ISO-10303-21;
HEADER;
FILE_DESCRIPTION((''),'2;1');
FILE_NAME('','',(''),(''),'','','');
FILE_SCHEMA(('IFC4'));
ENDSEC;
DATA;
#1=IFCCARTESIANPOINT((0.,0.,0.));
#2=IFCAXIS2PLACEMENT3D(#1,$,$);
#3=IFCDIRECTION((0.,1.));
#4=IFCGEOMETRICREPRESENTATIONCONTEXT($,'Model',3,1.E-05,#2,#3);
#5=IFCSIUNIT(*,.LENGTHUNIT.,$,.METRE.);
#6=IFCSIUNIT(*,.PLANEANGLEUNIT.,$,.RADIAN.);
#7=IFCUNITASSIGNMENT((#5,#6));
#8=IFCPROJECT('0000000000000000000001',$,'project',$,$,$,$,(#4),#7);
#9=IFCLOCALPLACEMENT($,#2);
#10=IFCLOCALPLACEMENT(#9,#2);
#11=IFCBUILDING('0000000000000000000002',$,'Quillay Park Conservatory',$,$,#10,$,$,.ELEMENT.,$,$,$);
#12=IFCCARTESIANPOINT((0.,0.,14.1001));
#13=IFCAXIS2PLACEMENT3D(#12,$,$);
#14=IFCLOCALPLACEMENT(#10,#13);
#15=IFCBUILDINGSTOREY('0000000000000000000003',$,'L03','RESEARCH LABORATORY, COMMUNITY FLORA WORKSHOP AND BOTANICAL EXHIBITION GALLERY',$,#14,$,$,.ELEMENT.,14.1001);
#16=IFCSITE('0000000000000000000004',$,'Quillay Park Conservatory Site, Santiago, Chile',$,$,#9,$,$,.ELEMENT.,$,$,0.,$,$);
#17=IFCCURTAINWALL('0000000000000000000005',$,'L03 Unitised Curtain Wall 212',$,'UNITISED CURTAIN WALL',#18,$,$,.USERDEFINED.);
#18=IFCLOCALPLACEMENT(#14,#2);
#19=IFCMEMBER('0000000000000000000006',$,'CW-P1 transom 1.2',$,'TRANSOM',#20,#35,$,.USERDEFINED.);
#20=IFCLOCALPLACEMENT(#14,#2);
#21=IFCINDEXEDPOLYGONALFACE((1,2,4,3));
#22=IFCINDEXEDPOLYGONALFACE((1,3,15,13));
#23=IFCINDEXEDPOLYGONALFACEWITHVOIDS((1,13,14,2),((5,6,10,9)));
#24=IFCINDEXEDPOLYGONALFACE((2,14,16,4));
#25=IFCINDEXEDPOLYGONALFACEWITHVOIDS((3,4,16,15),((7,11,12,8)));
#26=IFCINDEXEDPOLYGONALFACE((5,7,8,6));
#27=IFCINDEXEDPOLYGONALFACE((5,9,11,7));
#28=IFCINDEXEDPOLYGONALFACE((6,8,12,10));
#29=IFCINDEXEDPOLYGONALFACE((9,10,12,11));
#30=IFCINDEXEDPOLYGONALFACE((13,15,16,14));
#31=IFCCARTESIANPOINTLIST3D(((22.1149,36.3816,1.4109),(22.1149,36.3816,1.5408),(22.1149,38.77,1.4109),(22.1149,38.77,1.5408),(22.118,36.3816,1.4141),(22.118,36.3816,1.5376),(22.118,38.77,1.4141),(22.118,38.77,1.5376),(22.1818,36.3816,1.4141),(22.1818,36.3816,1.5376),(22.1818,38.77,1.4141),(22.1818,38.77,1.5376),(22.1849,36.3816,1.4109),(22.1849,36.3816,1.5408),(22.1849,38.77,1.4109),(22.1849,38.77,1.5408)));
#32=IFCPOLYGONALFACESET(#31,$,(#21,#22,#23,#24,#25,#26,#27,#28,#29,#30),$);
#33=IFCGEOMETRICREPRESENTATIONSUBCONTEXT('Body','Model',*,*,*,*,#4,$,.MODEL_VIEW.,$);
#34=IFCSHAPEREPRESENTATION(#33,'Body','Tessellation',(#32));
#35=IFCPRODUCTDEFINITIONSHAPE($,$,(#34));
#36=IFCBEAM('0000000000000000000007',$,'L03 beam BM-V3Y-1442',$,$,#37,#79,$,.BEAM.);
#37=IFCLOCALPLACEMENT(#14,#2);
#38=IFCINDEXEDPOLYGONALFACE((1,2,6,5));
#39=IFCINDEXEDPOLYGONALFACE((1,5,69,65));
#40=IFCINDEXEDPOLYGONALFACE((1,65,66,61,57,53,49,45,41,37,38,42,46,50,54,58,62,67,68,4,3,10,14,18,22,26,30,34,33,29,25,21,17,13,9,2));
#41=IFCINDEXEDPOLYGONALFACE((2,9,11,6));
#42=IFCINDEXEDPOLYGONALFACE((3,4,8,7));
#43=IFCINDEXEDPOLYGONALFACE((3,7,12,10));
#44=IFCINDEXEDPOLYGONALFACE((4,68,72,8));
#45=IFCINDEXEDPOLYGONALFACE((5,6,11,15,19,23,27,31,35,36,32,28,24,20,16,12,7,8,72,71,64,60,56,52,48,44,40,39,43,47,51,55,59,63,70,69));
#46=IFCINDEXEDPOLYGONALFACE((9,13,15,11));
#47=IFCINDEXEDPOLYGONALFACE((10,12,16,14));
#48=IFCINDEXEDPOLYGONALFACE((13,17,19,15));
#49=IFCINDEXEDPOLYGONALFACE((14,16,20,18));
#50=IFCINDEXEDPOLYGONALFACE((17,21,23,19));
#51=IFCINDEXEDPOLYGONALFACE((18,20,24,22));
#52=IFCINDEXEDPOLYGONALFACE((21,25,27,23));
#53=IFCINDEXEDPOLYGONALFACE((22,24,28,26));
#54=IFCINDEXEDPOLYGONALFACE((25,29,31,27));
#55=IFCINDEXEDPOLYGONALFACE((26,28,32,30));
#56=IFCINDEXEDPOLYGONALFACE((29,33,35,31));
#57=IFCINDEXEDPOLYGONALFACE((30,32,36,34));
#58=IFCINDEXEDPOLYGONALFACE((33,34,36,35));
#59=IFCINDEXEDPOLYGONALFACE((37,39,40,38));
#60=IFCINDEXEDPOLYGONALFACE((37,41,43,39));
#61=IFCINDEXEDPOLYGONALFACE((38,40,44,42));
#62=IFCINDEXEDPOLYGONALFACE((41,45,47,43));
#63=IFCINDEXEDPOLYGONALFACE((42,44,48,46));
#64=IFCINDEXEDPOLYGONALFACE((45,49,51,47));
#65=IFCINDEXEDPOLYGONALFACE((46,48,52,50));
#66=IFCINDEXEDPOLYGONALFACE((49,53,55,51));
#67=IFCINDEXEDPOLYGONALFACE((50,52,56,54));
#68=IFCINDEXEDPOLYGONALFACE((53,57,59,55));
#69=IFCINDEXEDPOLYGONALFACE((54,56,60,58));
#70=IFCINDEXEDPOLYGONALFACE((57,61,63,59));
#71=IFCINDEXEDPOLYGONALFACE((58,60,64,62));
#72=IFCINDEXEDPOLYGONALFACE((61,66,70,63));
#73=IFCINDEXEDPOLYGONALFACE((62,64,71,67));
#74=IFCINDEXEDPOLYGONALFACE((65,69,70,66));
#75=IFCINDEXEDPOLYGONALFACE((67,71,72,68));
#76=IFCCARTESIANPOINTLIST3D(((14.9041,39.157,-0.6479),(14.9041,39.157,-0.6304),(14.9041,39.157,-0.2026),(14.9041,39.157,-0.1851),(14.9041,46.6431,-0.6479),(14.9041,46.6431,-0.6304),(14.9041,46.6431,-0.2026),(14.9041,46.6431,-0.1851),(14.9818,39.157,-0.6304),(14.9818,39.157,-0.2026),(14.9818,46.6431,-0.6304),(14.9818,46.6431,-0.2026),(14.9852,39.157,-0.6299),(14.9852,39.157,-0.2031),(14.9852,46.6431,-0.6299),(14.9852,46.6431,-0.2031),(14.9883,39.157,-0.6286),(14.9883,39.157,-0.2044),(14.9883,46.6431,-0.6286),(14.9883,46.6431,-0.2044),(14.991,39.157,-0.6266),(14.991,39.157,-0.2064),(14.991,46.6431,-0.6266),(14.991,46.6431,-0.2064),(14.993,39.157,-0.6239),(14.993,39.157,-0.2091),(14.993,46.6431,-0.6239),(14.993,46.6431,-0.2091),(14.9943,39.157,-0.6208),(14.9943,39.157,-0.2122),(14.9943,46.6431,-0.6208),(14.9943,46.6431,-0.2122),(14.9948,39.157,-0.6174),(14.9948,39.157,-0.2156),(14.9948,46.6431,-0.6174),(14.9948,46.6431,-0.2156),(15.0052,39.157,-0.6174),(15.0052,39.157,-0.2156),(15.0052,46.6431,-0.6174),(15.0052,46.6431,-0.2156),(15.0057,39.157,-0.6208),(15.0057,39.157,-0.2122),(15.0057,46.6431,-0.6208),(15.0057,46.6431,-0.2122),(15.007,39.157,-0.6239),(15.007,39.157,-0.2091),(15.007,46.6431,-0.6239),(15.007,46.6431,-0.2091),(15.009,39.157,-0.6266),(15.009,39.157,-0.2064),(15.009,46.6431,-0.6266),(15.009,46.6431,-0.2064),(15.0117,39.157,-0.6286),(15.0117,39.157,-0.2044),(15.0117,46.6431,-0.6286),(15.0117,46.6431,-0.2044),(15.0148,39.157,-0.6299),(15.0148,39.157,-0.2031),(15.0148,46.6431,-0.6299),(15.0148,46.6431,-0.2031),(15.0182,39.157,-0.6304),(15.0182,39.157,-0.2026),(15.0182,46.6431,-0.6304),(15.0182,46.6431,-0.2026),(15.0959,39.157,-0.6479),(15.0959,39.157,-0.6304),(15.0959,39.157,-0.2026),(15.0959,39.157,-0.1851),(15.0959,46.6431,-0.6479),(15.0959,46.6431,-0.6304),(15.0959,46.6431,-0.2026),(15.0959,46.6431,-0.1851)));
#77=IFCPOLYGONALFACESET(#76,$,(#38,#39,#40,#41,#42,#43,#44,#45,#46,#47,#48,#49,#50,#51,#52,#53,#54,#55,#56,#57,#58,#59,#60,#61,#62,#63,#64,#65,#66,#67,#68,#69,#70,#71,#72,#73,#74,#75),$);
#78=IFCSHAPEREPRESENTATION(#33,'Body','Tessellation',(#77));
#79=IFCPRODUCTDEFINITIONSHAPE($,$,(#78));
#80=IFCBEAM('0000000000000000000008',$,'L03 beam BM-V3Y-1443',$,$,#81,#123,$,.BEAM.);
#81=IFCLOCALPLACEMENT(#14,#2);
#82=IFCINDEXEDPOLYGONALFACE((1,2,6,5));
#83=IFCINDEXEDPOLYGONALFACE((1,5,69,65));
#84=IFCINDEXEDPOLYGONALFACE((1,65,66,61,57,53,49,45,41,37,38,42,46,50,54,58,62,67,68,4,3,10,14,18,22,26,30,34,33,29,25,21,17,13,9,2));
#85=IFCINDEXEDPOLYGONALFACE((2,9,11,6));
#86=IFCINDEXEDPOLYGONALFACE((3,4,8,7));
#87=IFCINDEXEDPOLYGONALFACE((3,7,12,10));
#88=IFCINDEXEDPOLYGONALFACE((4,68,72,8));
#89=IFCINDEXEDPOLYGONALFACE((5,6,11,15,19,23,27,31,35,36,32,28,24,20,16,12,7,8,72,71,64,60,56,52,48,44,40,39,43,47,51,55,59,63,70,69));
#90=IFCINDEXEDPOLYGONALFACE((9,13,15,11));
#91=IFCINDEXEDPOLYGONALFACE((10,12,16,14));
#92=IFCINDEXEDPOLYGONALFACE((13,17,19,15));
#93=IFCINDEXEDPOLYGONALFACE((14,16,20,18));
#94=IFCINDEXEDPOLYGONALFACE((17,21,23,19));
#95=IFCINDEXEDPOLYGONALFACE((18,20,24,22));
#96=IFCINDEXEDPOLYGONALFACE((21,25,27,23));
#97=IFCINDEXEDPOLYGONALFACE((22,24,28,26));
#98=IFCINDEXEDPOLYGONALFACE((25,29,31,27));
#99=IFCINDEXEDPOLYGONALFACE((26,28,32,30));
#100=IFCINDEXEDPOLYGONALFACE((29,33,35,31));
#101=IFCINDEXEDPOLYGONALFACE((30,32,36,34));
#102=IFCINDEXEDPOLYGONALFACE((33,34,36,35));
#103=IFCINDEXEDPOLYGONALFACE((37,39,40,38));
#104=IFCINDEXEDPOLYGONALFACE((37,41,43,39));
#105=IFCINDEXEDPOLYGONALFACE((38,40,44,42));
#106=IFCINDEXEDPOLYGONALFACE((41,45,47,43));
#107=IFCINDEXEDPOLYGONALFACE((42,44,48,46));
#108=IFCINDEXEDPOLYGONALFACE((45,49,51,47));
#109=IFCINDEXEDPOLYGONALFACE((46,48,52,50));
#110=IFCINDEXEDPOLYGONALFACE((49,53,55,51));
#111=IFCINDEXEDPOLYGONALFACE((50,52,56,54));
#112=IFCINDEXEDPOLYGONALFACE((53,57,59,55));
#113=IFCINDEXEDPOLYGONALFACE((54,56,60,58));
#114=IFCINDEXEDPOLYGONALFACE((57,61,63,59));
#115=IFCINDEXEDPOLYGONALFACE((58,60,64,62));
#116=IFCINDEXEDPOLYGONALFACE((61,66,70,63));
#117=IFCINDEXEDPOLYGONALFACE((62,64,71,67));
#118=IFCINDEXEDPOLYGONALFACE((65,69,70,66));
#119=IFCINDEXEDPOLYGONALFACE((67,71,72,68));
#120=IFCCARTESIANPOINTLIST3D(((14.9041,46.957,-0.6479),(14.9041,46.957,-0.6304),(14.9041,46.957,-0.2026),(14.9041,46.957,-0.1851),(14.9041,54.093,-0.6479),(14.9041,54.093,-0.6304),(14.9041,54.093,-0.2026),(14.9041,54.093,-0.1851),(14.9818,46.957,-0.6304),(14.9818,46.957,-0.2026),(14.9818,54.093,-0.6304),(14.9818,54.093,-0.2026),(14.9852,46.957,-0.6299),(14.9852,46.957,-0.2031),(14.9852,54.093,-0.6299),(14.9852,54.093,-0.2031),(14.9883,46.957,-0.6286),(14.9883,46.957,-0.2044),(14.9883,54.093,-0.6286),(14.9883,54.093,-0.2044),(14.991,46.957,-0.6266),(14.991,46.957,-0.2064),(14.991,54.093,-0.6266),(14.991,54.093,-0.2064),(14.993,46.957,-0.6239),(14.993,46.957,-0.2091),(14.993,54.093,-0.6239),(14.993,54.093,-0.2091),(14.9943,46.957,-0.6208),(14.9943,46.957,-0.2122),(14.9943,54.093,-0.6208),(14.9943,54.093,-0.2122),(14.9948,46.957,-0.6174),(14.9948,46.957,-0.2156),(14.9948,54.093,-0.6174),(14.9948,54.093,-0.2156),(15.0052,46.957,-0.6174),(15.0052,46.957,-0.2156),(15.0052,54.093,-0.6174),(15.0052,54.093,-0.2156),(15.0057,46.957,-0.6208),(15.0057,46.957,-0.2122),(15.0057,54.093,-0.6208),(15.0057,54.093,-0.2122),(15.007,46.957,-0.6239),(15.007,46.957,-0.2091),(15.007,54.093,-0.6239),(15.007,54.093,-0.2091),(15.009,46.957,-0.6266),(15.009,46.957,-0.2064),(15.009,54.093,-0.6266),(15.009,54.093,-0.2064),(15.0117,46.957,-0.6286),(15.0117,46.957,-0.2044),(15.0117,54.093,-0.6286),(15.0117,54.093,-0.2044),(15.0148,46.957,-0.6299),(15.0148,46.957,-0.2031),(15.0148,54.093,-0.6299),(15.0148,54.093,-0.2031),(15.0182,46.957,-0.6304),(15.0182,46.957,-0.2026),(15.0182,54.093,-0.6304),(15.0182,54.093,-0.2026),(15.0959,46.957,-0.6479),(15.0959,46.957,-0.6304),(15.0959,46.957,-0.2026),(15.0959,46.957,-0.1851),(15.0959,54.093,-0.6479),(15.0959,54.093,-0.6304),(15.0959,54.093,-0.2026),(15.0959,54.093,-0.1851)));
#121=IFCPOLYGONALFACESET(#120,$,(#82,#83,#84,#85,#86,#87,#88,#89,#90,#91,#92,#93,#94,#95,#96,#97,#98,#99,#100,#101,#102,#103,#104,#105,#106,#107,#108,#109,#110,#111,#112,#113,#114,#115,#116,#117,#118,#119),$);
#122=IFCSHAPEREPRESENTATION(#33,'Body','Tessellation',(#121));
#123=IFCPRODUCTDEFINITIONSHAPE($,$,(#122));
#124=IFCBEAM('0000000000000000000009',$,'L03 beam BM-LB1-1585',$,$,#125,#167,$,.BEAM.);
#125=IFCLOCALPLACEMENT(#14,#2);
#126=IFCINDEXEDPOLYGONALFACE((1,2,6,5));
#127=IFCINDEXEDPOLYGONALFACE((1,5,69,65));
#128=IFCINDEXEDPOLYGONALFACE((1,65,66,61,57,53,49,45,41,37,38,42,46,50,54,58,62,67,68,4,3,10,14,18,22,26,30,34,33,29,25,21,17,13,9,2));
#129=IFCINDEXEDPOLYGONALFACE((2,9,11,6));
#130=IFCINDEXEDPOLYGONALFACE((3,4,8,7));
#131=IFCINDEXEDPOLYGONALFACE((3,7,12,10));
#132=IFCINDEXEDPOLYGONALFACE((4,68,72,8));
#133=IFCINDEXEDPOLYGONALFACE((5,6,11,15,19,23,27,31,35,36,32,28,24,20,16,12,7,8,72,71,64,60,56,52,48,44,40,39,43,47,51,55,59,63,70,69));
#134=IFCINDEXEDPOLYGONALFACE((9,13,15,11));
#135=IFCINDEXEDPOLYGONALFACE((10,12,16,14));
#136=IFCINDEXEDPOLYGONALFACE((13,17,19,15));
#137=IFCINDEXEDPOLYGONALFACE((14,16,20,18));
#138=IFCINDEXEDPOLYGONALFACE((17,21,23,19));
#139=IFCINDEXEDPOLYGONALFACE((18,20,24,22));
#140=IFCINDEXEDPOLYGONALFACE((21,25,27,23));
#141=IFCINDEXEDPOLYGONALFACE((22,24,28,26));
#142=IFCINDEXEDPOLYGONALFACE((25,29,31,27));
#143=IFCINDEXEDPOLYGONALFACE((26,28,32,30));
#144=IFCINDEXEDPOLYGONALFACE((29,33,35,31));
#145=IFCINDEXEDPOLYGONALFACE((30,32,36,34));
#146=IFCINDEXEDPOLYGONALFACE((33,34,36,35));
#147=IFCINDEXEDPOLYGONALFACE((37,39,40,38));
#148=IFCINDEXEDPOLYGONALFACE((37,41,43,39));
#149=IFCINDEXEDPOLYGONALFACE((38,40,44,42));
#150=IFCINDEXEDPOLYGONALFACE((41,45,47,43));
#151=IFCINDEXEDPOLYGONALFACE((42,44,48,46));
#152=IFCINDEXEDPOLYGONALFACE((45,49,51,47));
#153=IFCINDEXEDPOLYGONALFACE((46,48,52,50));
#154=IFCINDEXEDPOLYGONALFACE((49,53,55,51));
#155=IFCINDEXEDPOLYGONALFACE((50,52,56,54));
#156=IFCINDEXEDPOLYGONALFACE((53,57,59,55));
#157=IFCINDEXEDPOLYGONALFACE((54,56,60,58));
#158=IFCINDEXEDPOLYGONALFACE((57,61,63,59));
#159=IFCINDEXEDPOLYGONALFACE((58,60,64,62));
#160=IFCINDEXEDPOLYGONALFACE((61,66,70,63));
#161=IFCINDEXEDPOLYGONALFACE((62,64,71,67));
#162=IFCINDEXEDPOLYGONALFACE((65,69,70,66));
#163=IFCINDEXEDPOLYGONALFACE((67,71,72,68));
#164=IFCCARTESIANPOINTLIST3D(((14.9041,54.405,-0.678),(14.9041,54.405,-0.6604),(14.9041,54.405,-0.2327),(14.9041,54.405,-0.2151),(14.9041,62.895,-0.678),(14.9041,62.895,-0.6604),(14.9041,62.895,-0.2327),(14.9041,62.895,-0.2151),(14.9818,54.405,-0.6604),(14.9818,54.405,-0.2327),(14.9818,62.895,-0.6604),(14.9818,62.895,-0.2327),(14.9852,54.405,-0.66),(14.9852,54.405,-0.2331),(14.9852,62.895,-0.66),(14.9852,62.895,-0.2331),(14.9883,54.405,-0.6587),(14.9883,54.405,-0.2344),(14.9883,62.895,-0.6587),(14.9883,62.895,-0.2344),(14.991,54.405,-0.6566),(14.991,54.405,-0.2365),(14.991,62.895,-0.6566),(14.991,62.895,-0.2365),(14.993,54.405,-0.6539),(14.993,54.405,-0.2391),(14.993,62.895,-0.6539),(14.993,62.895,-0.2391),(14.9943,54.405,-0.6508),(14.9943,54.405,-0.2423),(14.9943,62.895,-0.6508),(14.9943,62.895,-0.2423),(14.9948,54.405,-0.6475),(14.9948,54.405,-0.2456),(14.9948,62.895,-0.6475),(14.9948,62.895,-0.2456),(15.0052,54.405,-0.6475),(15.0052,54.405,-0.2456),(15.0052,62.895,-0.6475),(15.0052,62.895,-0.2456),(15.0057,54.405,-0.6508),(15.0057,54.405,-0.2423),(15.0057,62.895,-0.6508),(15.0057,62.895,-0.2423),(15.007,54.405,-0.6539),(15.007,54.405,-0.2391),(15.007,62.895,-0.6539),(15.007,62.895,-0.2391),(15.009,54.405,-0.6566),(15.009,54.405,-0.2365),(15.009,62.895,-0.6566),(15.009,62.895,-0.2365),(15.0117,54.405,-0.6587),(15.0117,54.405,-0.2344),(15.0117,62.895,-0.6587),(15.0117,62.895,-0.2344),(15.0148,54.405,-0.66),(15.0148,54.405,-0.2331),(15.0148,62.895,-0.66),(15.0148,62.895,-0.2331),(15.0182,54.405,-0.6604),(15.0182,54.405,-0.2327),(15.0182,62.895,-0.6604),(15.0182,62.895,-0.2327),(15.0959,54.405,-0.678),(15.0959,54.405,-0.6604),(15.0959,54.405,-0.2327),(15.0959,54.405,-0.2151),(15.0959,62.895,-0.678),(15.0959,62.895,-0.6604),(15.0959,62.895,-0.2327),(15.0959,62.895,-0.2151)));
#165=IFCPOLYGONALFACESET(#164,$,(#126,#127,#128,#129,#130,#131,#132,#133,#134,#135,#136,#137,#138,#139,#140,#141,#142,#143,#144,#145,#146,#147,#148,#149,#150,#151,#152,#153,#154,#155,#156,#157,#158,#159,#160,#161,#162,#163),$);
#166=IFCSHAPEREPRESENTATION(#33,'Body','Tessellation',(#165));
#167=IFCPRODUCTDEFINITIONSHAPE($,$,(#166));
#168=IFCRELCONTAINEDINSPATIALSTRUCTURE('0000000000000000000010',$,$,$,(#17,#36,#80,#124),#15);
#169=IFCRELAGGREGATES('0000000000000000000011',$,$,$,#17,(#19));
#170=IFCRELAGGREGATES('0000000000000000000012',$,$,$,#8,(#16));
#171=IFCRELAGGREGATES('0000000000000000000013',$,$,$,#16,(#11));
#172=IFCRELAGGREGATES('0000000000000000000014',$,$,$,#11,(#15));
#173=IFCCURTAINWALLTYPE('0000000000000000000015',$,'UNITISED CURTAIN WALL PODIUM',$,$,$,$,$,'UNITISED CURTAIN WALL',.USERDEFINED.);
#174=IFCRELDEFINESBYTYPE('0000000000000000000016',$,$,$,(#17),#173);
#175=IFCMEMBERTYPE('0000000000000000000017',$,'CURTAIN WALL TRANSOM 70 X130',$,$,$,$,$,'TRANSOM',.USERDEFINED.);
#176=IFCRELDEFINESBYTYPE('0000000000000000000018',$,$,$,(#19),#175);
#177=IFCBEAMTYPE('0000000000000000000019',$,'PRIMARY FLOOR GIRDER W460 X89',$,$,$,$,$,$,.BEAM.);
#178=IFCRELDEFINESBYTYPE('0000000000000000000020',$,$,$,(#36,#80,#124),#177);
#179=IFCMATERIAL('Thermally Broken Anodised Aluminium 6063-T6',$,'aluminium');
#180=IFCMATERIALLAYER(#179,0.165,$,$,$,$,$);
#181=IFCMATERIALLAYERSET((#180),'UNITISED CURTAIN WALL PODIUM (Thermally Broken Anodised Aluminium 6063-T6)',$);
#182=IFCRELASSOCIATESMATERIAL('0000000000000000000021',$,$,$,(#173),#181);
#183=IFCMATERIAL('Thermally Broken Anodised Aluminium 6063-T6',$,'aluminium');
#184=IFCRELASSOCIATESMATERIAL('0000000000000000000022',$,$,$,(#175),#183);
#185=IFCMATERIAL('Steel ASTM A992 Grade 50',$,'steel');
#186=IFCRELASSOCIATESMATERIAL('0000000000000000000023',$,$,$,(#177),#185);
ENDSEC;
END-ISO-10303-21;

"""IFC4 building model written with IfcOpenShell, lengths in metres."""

from ifc_helpers import new_model, si_unit, direction, frame, origin, origin_2d, place, context, subcontext, project, spatial, hollow_rectangle, i_section, extrude, material, layer, layer_set, material_profile, profile_set, type_object, element, aggregate, save


model = new_model("IFC4")

# Units and contexts
model_context = context("Model", 3, precision=1e-05, world=origin(), true_north=direction((0.0, 1.0)))
body_context = subcontext(model_context, "Body", "Model", "MODEL_VIEW")
ifc_project = project(units=[si_unit("LENGTHUNIT", "METRE"), si_unit("PLANEANGLEUNIT", "RADIAN")], contexts=[model_context])

# Site, building, storey
site_placement = place(None, origin())
site = spatial("IfcSite", under=ifc_project, at=site_placement, Name="Quillay Park Conservatory Site, Santiago, Chile", CompositionType="ELEMENT", RefElevation=0.0)
building_placement = place(site_placement, origin())
building = spatial("IfcBuilding", under=site, at=building_placement, Name="Quillay Park Conservatory", CompositionType="ELEMENT")
storey_placement = place(building_placement, frame((0.0, 0.0, 14.1001)))
storey = spatial("IfcBuildingStorey", under=building, at=storey_placement, Name="L03", Description="RESEARCH LABORATORY, COMMUNITY FLORA WORKSHOP AND BOTANICAL EXHIBITION GALLERY", CompositionType="ELEMENT", Elevation=14.1001)

# Curtain wall, member
ifc_material_1 = material(Name="Thermally Broken Anodised Aluminium 6063-T6", Category="aluminium")
ifc_layer_1 = layer(ifc_material_1, 0.165)
ifc_layer_set_1 = layer_set([ifc_layer_1], Name="UNITISED CURTAIN WALL PODIUM (Thermally Broken Anodised Aluminium 6063-T6)")
curtain_wall_type = type_object("IfcCurtainWallType", Name="UNITISED CURTAIN WALL PODIUM", ElementType="UNITISED CURTAIN WALL", PredefinedType="USERDEFINED", material=ifc_layer_set_1)
curtain_wall_placement = place(storey_placement, origin())
curtain_wall = element("IfcCurtainWall", 1, at=curtain_wall_placement, inside=storey, type_object=curtain_wall_type, Name="L03 Unitised Curtain Wall 212", ObjectType="UNITISED CURTAIN WALL", PredefinedType="USERDEFINED")
ifc_material_2 = material(Name="Thermally Broken Anodised Aluminium 6063-T6", Category="aluminium")
ifc_material_profile_1 = material_profile(ifc_material_2, hollow_rectangle(XDim=0.0701, YDim=0.1299, WallThickness=0.0032, at=origin_2d()), Name="AL70x130x3.2")
ifc_profile_set_1 = profile_set([ifc_material_profile_1], Name="Thermally Broken Anodised Aluminium 6063-T6")
member_type = type_object("IfcMemberType", Name="CURTAIN WALL TRANSOM 70 X130", ElementType="TRANSOM", PredefinedType="USERDEFINED", material=ifc_profile_set_1)
member_placement = place(storey_placement, frame((22.1499, 38.77, 1.4758), z_axis=(0.0, -1.0, 0.0), x_axis=(1.0, 0.0, 0.0)))
member = element("IfcMember", 2, at=member_placement, type_object=member_type, Name="CW-P1 transom 1.2", ObjectType="TRANSOM", PredefinedType="USERDEFINED", context=body_context, shape_type="SweptSolid", body=[
    extrude(hollow_rectangle(XDim=0.0701, YDim=0.1299, WallThickness=0.0032, at=origin_2d()), origin(), (0.0, 0.0, 1.0), 2.3884),
])
aggregate(curtain_wall, [member])

# Beams
ifc_material_3 = material(Name="Steel ASTM A992 Grade 50", Category="steel")
ifc_material_profile_2 = material_profile(ifc_material_3, i_section(OverallWidth=0.1919, OverallDepth=0.4629, WebThickness=0.0105, FlangeThickness=0.0176, FilletRadius=0.0129, at=origin_2d()), Name="W460x89")
ifc_profile_set_2 = profile_set([ifc_material_profile_2], Name="Steel ASTM A992 Grade 50")
beam_type_1 = type_object("IfcBeamType", Name="PRIMARY FLOOR GIRDER W460 X89", PredefinedType="BEAM", material=ifc_profile_set_2)
beam_1_placement = place(storey_placement, frame((15.0, 39.157, -0.4165), z_axis=(0.0, 1.0, 0.0), x_axis=(-1.0, 0.0, 0.0)))
element("IfcBeam", 3, at=beam_1_placement, inside=storey, type_object=beam_type_1, Name="L03 beam BM-V3Y-1442", PredefinedType="BEAM", context=body_context, shape_type="SweptSolid", body=[
    extrude(i_section(OverallWidth=0.1919, OverallDepth=0.4629, WebThickness=0.0105, FlangeThickness=0.0176, FilletRadius=0.0129, at=origin_2d()), origin(), (0.0, 0.0, 1.0), 7.4861),
])
beam_2_placement = place(storey_placement, frame((15.0, 46.957, -0.4165), z_axis=(0.0, 1.0, 0.0), x_axis=(-1.0, 0.0, 0.0)))
element("IfcBeam", 4, at=beam_2_placement, inside=storey, type_object=beam_type_1, Name="L03 beam BM-V3Y-1443", PredefinedType="BEAM", context=body_context, shape_type="SweptSolid", body=[
    extrude(i_section(OverallWidth=0.1919, OverallDepth=0.4629, WebThickness=0.0105, FlangeThickness=0.0176, FilletRadius=0.0129, at=origin_2d()), origin(), (0.0, 0.0, 1.0), 7.136),
])
beam_3_placement = place(storey_placement, frame((15.0, 54.405, -0.4465), z_axis=(0.0, 1.0, 0.0), x_axis=(-1.0, 0.0, 0.0)))
element("IfcBeam", 5, at=beam_3_placement, inside=storey, type_object=beam_type_1, Name="L03 beam BM-LB1-1585", PredefinedType="BEAM", context=body_context, shape_type="SweptSolid", body=[
    extrude(i_section(OverallWidth=0.1919, OverallDepth=0.4629, WebThickness=0.0105, FlangeThickness=0.0176, FilletRadius=0.0129, at=origin_2d()), origin(), (0.0, 0.0, 1.0), 8.49),
])

save(model, "model.ifc")
